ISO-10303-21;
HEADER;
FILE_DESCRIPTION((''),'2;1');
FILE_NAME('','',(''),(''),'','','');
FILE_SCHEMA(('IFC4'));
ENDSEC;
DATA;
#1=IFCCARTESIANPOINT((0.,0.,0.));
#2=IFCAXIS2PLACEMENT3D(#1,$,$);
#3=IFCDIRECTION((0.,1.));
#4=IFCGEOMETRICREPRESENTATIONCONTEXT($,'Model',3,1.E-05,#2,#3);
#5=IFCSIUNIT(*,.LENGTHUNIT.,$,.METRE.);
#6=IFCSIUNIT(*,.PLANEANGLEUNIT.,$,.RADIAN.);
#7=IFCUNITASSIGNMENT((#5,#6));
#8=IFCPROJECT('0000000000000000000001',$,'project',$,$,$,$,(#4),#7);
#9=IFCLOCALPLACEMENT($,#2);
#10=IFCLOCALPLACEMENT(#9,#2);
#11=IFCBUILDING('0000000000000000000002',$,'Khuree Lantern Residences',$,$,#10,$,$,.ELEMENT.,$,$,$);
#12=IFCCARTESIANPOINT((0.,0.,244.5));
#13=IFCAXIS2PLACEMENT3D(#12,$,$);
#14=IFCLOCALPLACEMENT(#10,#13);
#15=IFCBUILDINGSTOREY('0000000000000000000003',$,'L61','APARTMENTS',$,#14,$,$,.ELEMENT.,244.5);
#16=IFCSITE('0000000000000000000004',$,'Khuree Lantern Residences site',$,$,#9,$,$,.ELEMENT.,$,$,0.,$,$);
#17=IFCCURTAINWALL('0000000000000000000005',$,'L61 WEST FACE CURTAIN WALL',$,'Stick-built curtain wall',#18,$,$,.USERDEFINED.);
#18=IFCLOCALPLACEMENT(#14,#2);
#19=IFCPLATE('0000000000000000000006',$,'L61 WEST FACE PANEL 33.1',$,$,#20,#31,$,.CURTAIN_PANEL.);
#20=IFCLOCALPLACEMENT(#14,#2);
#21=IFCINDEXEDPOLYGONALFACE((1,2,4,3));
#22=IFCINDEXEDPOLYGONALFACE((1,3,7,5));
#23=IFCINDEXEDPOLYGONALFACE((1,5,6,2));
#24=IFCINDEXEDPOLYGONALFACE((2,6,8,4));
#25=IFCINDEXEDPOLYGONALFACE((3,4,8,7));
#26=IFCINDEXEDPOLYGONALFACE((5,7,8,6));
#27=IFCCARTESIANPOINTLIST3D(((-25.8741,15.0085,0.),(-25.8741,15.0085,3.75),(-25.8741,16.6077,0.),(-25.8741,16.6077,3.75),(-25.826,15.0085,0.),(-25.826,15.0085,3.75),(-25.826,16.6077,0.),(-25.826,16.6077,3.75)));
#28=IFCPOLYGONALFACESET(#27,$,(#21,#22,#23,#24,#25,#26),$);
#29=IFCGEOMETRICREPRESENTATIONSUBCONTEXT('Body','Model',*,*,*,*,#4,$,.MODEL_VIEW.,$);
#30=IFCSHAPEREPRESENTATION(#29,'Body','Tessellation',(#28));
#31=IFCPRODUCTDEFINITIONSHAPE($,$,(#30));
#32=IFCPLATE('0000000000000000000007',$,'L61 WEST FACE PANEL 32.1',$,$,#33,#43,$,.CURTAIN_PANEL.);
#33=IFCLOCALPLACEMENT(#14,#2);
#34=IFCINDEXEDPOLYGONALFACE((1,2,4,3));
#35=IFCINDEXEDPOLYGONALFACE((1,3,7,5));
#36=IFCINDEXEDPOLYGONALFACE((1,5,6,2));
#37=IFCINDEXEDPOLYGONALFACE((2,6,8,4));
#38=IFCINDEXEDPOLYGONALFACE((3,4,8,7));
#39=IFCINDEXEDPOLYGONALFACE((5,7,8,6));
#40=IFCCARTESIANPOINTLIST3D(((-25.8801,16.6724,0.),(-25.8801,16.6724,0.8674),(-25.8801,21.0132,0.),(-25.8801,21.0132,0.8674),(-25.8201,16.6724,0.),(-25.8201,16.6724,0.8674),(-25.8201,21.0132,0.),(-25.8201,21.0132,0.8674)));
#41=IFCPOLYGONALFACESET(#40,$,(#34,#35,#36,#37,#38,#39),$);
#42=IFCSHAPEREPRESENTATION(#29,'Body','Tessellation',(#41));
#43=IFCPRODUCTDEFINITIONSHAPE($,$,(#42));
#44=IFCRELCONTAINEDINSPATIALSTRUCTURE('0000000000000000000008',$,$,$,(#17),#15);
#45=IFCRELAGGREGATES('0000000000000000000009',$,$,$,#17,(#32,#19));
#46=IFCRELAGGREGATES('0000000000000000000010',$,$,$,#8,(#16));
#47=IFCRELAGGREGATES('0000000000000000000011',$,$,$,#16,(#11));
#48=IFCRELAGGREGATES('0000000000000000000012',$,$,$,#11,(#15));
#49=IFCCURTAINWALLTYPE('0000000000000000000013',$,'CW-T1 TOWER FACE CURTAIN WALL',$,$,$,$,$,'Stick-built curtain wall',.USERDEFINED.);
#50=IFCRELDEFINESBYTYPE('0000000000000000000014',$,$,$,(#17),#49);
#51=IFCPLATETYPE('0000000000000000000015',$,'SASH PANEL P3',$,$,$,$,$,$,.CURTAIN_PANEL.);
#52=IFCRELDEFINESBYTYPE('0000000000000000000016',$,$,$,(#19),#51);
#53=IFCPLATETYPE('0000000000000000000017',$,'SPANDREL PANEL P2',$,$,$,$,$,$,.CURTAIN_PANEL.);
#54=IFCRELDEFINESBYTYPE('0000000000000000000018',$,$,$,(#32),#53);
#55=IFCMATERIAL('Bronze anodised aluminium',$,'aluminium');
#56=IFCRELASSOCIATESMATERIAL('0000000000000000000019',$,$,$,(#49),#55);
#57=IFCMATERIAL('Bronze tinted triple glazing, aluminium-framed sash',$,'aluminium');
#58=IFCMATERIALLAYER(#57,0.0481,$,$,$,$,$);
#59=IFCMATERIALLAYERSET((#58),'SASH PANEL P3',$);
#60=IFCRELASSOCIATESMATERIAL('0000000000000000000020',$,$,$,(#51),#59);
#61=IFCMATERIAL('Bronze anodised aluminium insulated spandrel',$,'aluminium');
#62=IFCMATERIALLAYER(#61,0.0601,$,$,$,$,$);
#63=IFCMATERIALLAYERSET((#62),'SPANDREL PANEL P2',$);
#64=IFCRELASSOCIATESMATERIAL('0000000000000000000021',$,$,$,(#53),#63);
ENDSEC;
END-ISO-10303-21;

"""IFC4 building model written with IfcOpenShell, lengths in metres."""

from ifc_helpers import new_model, si_unit, direction, frame, origin, origin_2d, place, context, subcontext, project, spatial, rectangle, extrude, material, layer, layer_set, type_object, element, aggregate, save


model = new_model("IFC4")

# Units and contexts
model_context = context("Model", 3, precision=1e-05, world=origin(), true_north=direction((0.0, 1.0)))
body_context = subcontext(model_context, "Body", "Model", "MODEL_VIEW")
ifc_project = project(units=[si_unit("LENGTHUNIT", "METRE"), si_unit("PLANEANGLEUNIT", "RADIAN")], contexts=[model_context])

# Site, building, storey
site_placement = place(None, origin())
site = spatial("IfcSite", under=ifc_project, at=site_placement, Name="Khuree Lantern Residences site", CompositionType="ELEMENT", RefElevation=0.0)
building_placement = place(site_placement, origin())
building = spatial("IfcBuilding", under=site, at=building_placement, Name="Khuree Lantern Residences", CompositionType="ELEMENT")
storey_placement = place(building_placement, frame((0.0, 0.0, 244.5)))
storey = spatial("IfcBuildingStorey", under=building, at=storey_placement, Name="L61", Description="APARTMENTS", CompositionType="ELEMENT", Elevation=244.5)

# Curtain wall
ifc_material_1 = material(Name="Bronze anodised aluminium", Category="aluminium")
curtain_wall_type = type_object("IfcCurtainWallType", Name="CW-T1 TOWER FACE CURTAIN WALL", ElementType="Stick-built curtain wall", PredefinedType="USERDEFINED", material=ifc_material_1)
curtain_wall_placement = place(storey_placement, origin())
curtain_wall = element("IfcCurtainWall", 1, at=curtain_wall_placement, inside=storey, type_object=curtain_wall_type, Name="L61 WEST FACE CURTAIN WALL", ObjectType="Stick-built curtain wall", PredefinedType="USERDEFINED")

# Plates
ifc_material_2 = material(Name="Bronze tinted triple glazing, aluminium-framed sash", Category="aluminium")
ifc_layer_1 = layer(ifc_material_2, 0.0481)
ifc_layer_set_1 = layer_set([ifc_layer_1], Name="SASH PANEL P3")
plate_type_1 = type_object("IfcPlateType", Name="SASH PANEL P3", PredefinedType="CURTAIN_PANEL", material=ifc_layer_set_1)
plate_1_placement = place(storey_placement, frame((-25.8501, 15.8081, 0.0), z_axis=(0.0, 0.0, 1.0), x_axis=(0.0, -1.0, 0.0)))
plate_1 = element("IfcPlate", 2, at=plate_1_placement, type_object=plate_type_1, Name="L61 WEST FACE PANEL 33.1", PredefinedType="CURTAIN_PANEL", context=body_context, shape_type="SweptSolid", body=[
    extrude(rectangle(XDim=1.5991, YDim=0.0481, at=origin_2d()), origin(), (0.0, 0.0, 1.0), 3.75),
])
ifc_material_3 = material(Name="Bronze anodised aluminium insulated spandrel", Category="aluminium")
ifc_layer_2 = layer(ifc_material_3, 0.0601)
ifc_layer_set_2 = layer_set([ifc_layer_2], Name="SPANDREL PANEL P2")
plate_type_2 = type_object("IfcPlateType", Name="SPANDREL PANEL P2", PredefinedType="CURTAIN_PANEL", material=ifc_layer_set_2)
plate_2_placement = place(storey_placement, frame((-25.8501, 18.8428, 0.0), z_axis=(0.0, 0.0, 1.0), x_axis=(0.0, -1.0, 0.0)))
plate_2 = element("IfcPlate", 3, at=plate_2_placement, type_object=plate_type_2, Name="L61 WEST FACE PANEL 32.1", PredefinedType="CURTAIN_PANEL", context=body_context, shape_type="SweptSolid", body=[
    extrude(rectangle(XDim=4.3408, YDim=0.0601, at=origin_2d()), origin(), (0.0, 0.0, 1.0), 0.8674),
])
aggregate(curtain_wall, [plate_2, plate_1])

save(model, "model.ifc")
